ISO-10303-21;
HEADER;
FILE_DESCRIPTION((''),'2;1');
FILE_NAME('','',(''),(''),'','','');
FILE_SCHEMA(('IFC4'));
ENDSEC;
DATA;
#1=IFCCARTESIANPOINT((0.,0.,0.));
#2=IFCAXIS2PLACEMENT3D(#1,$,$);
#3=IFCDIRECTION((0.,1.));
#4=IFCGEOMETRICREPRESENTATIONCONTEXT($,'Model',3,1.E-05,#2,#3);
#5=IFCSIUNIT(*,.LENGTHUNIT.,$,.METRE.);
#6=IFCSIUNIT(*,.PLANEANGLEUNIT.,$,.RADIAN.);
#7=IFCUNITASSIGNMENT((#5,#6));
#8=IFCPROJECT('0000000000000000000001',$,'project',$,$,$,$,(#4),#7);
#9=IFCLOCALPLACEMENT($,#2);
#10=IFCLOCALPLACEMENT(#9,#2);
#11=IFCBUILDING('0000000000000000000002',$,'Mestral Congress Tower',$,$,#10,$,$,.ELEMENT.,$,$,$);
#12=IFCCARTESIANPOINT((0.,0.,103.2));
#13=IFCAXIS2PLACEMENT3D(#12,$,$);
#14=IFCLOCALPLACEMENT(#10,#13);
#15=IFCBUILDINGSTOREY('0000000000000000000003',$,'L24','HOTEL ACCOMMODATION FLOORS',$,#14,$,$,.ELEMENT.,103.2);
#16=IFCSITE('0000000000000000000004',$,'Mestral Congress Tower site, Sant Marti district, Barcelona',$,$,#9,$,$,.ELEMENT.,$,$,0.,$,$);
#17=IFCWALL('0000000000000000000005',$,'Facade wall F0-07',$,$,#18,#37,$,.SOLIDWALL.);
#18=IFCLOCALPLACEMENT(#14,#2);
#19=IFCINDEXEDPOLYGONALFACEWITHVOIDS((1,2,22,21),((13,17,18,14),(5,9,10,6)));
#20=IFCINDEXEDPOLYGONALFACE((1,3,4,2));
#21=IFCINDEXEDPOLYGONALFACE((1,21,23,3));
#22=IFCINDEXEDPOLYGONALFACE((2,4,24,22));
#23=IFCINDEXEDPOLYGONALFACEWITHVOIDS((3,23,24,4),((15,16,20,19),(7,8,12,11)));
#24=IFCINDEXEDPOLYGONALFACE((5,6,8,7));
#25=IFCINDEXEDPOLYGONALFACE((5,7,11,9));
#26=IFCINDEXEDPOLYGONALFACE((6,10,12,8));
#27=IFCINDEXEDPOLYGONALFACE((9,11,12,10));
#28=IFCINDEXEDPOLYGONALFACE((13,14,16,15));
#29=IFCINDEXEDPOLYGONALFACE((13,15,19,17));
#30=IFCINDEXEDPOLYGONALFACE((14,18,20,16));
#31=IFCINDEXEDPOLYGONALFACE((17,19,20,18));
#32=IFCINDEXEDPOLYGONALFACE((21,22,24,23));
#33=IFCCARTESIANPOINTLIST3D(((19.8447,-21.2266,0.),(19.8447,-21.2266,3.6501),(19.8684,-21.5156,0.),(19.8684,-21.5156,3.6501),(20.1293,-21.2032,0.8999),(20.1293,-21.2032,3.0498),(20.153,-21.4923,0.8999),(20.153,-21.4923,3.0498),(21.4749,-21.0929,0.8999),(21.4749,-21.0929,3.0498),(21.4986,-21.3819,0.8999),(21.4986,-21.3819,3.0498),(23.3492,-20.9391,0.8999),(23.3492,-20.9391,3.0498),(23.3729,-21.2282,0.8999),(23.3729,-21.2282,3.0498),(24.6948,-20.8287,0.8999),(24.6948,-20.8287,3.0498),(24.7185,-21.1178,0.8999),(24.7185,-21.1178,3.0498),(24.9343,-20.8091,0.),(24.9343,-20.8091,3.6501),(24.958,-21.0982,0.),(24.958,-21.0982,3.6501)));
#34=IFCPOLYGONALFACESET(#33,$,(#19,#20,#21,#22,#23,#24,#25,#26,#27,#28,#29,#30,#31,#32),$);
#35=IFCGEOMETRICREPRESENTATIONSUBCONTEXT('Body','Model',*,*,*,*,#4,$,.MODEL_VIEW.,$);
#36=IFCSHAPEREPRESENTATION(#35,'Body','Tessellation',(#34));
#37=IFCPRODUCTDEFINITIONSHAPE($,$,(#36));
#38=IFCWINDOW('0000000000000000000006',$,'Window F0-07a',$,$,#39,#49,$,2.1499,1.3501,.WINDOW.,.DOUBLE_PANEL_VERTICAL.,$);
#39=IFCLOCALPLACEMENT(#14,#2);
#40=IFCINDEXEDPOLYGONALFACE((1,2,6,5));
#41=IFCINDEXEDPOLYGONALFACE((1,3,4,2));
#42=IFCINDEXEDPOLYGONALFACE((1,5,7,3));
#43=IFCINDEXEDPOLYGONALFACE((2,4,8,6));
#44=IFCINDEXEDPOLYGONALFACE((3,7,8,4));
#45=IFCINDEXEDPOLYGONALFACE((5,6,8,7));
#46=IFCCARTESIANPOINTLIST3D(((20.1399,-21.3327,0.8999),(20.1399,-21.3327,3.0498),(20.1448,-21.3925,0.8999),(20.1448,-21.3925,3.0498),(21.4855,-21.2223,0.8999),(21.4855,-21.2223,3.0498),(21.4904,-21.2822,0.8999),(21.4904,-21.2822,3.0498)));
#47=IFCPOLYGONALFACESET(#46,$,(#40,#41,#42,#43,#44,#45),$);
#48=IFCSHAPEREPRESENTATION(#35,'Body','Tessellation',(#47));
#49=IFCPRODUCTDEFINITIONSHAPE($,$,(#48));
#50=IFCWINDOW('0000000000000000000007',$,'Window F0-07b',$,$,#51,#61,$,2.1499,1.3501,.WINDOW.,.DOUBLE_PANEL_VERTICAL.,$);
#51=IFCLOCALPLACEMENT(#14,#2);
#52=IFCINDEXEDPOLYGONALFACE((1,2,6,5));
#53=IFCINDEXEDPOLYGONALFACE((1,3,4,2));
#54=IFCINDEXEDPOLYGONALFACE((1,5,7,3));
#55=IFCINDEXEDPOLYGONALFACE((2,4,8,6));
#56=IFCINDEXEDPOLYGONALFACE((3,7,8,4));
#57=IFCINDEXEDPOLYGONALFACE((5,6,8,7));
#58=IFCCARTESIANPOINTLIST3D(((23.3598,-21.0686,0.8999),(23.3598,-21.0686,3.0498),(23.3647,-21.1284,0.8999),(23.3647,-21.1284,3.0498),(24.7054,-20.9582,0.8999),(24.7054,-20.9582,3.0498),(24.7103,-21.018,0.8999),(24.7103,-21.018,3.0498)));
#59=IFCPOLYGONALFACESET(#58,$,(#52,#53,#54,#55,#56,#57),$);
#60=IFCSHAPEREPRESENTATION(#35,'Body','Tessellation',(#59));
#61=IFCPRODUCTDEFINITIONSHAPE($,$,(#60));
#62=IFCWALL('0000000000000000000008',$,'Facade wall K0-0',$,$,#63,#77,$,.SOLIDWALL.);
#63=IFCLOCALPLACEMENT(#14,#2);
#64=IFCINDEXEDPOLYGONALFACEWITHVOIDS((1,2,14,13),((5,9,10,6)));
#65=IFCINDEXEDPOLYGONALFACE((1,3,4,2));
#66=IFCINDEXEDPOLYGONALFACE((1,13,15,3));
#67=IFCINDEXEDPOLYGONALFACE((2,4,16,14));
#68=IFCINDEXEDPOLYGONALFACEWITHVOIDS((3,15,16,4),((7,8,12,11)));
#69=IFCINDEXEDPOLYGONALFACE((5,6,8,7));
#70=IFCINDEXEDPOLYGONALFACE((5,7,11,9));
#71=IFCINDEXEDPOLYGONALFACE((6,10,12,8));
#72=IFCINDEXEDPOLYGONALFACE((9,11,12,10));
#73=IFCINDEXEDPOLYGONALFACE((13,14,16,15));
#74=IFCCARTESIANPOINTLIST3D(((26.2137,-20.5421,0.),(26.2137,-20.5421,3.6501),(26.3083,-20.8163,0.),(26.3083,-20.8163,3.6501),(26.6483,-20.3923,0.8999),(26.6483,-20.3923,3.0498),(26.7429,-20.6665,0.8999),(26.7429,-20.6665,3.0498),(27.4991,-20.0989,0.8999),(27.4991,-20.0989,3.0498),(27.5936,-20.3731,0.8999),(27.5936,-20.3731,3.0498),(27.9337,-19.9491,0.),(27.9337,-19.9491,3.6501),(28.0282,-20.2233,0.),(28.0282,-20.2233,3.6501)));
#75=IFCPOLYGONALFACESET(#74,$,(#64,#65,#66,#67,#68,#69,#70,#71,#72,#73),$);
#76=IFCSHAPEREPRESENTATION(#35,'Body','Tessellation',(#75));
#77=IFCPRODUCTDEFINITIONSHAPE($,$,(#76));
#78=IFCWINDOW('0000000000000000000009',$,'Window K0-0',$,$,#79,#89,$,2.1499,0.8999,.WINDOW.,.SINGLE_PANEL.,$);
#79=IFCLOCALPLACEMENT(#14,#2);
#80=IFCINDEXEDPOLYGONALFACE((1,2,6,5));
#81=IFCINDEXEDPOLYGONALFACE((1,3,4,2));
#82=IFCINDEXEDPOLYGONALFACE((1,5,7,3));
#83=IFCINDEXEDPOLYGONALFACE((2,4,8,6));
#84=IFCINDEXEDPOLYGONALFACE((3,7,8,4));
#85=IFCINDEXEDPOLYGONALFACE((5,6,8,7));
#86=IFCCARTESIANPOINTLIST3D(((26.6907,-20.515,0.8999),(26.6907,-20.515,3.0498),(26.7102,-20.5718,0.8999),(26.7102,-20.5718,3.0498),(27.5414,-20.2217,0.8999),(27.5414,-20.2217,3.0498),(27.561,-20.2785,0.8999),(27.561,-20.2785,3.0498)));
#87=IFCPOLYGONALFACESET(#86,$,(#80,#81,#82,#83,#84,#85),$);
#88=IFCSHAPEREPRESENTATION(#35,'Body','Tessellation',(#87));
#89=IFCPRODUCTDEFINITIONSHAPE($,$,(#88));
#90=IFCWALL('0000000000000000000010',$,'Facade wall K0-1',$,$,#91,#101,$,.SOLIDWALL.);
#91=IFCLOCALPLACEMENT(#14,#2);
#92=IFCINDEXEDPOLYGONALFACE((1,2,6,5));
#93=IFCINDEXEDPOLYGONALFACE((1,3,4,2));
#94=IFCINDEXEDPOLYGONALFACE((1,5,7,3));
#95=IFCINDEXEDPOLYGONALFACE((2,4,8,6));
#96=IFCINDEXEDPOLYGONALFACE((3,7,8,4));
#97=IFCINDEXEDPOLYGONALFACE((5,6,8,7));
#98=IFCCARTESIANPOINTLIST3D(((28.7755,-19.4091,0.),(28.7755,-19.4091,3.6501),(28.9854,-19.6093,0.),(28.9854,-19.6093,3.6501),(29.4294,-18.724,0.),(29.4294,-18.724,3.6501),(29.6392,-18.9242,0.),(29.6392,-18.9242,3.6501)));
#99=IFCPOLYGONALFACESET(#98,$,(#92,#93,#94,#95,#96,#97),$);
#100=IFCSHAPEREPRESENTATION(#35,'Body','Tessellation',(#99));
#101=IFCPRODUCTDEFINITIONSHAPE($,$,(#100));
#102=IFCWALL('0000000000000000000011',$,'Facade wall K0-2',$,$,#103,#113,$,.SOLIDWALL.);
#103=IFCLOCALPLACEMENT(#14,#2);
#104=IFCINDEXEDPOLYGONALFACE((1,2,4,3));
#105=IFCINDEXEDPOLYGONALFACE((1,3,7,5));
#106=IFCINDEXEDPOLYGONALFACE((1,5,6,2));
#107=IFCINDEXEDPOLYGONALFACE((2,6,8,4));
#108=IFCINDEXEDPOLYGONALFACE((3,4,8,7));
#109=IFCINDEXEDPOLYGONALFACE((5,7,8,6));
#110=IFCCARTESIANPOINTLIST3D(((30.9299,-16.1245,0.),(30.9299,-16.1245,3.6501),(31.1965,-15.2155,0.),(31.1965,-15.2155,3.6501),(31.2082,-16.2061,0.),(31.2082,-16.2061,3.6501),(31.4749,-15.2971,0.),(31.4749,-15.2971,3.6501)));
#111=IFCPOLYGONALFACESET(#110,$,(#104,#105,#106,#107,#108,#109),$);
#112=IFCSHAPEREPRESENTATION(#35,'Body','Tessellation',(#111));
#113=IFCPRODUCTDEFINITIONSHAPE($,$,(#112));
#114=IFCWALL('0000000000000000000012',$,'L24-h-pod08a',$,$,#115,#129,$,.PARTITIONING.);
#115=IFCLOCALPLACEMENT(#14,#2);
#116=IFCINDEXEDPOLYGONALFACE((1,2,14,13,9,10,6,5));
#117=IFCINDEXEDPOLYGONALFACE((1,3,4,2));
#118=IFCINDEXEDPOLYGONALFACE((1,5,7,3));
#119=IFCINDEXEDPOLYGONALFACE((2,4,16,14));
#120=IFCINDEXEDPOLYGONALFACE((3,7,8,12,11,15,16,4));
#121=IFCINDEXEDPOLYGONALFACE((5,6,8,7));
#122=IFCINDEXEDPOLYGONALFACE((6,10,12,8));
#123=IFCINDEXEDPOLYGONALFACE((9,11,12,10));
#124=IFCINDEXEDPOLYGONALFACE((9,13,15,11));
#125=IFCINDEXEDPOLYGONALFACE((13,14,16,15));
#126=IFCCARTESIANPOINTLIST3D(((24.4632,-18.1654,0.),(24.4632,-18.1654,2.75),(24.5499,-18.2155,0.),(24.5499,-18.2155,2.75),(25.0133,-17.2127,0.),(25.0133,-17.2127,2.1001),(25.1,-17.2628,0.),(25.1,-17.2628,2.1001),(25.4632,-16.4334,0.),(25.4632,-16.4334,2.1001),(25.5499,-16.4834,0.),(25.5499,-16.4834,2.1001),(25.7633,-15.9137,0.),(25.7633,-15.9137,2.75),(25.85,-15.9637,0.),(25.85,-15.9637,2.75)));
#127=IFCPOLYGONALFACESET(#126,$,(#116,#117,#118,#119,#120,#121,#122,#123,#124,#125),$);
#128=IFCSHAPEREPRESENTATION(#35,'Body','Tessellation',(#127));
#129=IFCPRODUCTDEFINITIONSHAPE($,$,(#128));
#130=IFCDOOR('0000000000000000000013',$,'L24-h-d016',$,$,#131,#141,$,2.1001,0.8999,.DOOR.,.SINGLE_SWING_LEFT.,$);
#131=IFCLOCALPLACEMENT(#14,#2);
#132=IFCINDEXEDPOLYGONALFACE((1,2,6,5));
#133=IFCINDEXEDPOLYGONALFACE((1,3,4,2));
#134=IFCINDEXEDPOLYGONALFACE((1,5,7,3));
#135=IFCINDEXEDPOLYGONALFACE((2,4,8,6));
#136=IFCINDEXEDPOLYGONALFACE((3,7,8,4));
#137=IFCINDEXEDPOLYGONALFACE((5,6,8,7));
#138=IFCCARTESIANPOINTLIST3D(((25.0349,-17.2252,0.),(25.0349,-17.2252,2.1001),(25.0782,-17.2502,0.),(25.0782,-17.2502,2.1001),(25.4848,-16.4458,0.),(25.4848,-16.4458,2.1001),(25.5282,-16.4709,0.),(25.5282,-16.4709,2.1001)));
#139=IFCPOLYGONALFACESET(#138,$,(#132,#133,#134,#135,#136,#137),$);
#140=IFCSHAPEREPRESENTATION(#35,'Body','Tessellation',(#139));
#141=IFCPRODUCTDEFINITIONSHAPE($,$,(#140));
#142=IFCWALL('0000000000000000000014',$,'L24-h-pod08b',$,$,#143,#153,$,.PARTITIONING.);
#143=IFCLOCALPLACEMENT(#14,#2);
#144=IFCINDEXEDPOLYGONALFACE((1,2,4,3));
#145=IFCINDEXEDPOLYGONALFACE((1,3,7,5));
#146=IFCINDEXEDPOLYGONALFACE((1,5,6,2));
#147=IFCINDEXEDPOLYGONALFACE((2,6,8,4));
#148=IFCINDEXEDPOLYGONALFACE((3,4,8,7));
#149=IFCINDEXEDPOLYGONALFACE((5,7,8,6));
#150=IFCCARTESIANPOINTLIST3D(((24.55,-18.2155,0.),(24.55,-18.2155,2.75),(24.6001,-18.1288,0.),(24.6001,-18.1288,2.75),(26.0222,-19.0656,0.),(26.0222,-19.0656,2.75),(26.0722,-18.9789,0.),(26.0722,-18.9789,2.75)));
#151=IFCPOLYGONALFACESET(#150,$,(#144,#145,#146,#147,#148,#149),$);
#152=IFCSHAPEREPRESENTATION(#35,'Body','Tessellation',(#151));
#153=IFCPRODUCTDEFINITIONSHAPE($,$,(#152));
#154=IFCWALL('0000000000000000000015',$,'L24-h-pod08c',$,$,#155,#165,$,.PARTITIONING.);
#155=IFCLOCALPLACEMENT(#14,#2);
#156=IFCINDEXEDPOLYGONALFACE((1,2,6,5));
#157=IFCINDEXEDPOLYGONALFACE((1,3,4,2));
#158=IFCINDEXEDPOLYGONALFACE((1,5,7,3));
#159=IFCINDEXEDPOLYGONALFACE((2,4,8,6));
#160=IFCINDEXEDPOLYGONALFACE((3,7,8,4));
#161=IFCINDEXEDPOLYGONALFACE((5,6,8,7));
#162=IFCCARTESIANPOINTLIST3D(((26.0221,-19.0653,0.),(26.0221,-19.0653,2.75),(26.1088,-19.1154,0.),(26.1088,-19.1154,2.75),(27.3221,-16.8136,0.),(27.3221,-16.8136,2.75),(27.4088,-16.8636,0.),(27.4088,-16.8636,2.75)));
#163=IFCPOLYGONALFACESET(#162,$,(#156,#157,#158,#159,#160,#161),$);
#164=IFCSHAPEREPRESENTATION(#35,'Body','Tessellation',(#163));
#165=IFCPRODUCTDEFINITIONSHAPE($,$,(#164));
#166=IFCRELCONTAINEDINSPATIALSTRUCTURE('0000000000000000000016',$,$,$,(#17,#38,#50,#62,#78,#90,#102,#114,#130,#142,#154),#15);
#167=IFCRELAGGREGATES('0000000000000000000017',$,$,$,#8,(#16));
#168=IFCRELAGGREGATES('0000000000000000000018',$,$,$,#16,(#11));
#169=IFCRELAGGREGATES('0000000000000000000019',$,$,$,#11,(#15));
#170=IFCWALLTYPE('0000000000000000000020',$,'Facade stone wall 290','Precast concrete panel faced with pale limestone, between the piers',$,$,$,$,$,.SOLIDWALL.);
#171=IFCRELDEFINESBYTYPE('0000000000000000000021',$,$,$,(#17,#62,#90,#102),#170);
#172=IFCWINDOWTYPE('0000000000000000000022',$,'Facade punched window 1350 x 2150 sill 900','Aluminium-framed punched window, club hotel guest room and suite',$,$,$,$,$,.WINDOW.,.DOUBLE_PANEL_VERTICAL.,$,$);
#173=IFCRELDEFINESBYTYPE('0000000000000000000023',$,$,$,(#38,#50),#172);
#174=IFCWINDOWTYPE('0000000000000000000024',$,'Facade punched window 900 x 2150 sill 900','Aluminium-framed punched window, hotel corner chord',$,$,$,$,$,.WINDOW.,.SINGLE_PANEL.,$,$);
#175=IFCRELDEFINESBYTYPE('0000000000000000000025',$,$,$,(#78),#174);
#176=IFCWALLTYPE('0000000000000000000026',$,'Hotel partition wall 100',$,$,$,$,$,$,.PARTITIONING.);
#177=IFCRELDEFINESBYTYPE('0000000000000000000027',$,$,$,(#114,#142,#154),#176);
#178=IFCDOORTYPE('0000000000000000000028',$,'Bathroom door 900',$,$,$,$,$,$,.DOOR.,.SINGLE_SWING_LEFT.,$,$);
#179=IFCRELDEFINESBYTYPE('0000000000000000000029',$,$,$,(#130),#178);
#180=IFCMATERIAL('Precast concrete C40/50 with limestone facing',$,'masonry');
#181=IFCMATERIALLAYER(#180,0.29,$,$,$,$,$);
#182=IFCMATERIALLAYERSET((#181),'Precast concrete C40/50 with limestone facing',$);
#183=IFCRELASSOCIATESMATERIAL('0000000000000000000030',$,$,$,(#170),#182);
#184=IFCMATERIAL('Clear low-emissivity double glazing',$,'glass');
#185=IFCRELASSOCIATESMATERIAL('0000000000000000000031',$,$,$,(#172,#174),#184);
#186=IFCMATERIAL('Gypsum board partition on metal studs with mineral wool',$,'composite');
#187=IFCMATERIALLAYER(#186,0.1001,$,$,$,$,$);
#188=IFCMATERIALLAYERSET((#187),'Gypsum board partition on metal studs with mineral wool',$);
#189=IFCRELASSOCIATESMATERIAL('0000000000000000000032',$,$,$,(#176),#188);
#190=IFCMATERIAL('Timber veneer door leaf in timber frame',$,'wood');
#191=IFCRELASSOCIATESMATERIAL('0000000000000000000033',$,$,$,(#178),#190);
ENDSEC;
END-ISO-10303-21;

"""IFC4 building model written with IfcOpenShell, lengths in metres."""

from ifc_helpers import new_model, si_unit, direction, frame, frame_2d, origin, place, context, subcontext, project, spatial, rectangle, extrude, material, layer, layer_set, type_object, element, fill, save


model = new_model("IFC4")

# Units and contexts
model_context = context("Model", 3, precision=1e-05, world=origin(), true_north=direction((0.0, 1.0)))
body_context = subcontext(model_context, "Body", "Model", "MODEL_VIEW")
ifc_project = project(units=[si_unit("LENGTHUNIT", "METRE"), si_unit("PLANEANGLEUNIT", "RADIAN")], contexts=[model_context])

# Site, building, storey
site_placement = place(None, origin())
site = spatial("IfcSite", under=ifc_project, at=site_placement, Name="Mestral Congress Tower site, Sant Marti district, Barcelona", CompositionType="ELEMENT", RefElevation=0.0)
building_placement = place(site_placement, origin())
building = spatial("IfcBuilding", under=site, at=building_placement, Name="Mestral Congress Tower", CompositionType="ELEMENT")
storey_placement = place(building_placement, frame((0.0, 0.0, 103.2)))
storey = spatial("IfcBuildingStorey", under=building, at=storey_placement, Name="L24", Description="HOTEL ACCOMMODATION FLOORS", CompositionType="ELEMENT", Elevation=103.2)

# Wall, openings, windows
ifc_material_1 = material(Name="Precast concrete C40/50 with limestone facing", Category="masonry")
ifc_layer_1 = layer(ifc_material_1, 0.29)
ifc_layer_set_1 = layer_set([ifc_layer_1], Name="Precast concrete C40/50 with limestone facing")
wall_type_1 = type_object("IfcWallType", Name="Facade stone wall 290", Description="Precast concrete panel faced with pale limestone, between the piers", PredefinedType="SOLIDWALL", material=ifc_layer_set_1)
ifc_material_2 = material(Name="Clear low-emissivity double glazing", Category="glass")
window_type_1 = type_object("IfcWindowType", Name="Facade punched window 1350 x 2150 sill 900", Description="Aluminium-framed punched window, club hotel guest room and suite", PartitioningType="DOUBLE_PANEL_VERTICAL", PredefinedType="WINDOW", material=ifc_material_2)
wall_1_placement = place(storey_placement, frame((19.8567, -21.3711, 0.0), z_axis=(0.0, 0.0, 1.0), x_axis=(0.996653, 0.081752, 0.0)))
wall_1 = element("IfcWall", 1, at=wall_1_placement, inside=storey, type_object=wall_type_1, Name="Facade wall F0-07", PredefinedType="SOLIDWALL", context=body_context, shape_type="SweptSolid", body=[
    extrude(rectangle(XDim=5.1067, YDim=0.29, at=frame_2d((2.5532, 0.0))), origin(), (0.0, 0.0, 1.0), 3.6501),
])
opening_1_placement = place(wall_1_placement, frame((0.2854, 0.0, 0.8999)))
opening_1 = element("IfcOpeningElement", 2, at=opening_1_placement, cuts=wall_1, PredefinedType="OPENING", context=body_context, shape_type="SweptSolid", body=[
    extrude(rectangle(XDim=1.3501, YDim=2.1499, at=frame_2d((0.675, 1.075))), frame((0.0, 0.155, 0.0), z_axis=(0.0, -1.0, 0.0), x_axis=(1.0, 0.0, 0.0)), (0.0, 0.0, 1.0), 0.3101),
])
opening_2_placement = place(wall_1_placement, frame((3.5161, 0.0, 0.8999)))
opening_2 = element("IfcOpeningElement", 3, at=opening_2_placement, cuts=wall_1, PredefinedType="OPENING", context=body_context, shape_type="SweptSolid", body=[
    extrude(rectangle(XDim=1.3501, YDim=2.1499, at=frame_2d((0.675, 1.075))), frame((0.0, 0.155, 0.0), z_axis=(0.0, -1.0, 0.0), x_axis=(1.0, 0.0, 0.0)), (0.0, 0.0, 1.0), 0.3101),
])
window_1_placement = place(opening_1_placement, origin())
window_1 = element("IfcWindow", 4, at=window_1_placement, inside=storey, type_object=window_type_1, Name="Window F0-07a", OverallHeight=2.1499, OverallWidth=1.3501, PartitioningType="DOUBLE_PANEL_VERTICAL", PredefinedType="WINDOW", context=body_context, shape_type="SweptSolid", body=[
    extrude(rectangle(XDim=1.3501, YDim=2.1499, at=frame_2d((0.675, 1.075))), frame((0.0, 0.0151, 0.0), z_axis=(0.0, -1.0, 0.0), x_axis=(1.0, 0.0, 0.0)), (0.0, 0.0, 1.0), 0.0601),
])
fill(opening_1, window_1)
window_2_placement = place(opening_2_placement, origin())
window_2 = element("IfcWindow", 5, at=window_2_placement, inside=storey, type_object=window_type_1, Name="Window F0-07b", OverallHeight=2.1499, OverallWidth=1.3501, PartitioningType="DOUBLE_PANEL_VERTICAL", PredefinedType="WINDOW", context=body_context, shape_type="SweptSolid", body=[
    extrude(rectangle(XDim=1.3501, YDim=2.1499, at=frame_2d((0.675, 1.075))), frame((0.0, 0.0151, 0.0), z_axis=(0.0, -1.0, 0.0), x_axis=(1.0, 0.0, 0.0)), (0.0, 0.0, 1.0), 0.0601),
])
fill(opening_2, window_2)

# Wall, opening, window
wall_2_placement = place(storey_placement, frame((26.261, -20.6792, 0.0), z_axis=(0.0, 0.0, 1.0), x_axis=(0.945386, 0.325953, 0.0)))
wall_2 = element("IfcWall", 6, at=wall_2_placement, inside=storey, type_object=wall_type_1, Name="Facade wall K0-0", PredefinedType="SOLIDWALL", context=body_context, shape_type="SweptSolid", body=[
    extrude(rectangle(XDim=1.8193, YDim=0.29, at=frame_2d((0.9097, 0.0))), origin(), (0.0, 0.0, 1.0), 3.6501),
])
opening_3_placement = place(wall_2_placement, frame((0.4597, 0.0, 0.8999)))
opening_3 = element("IfcOpeningElement", 7, at=opening_3_placement, cuts=wall_2, PredefinedType="OPENING", context=body_context, shape_type="SweptSolid", body=[
    extrude(rectangle(XDim=0.8999, YDim=2.1499, at=frame_2d((0.45, 1.075))), frame((0.0, 0.155, 0.0), z_axis=(0.0, -1.0, 0.0), x_axis=(1.0, 0.0, 0.0)), (0.0, 0.0, 1.0), 0.3101),
])
window_type_2 = type_object("IfcWindowType", Name="Facade punched window 900 x 2150 sill 900", Description="Aluminium-framed punched window, hotel corner chord", PartitioningType="SINGLE_PANEL", PredefinedType="WINDOW", material=ifc_material_2)
window_3_placement = place(opening_3_placement, origin())
window_3 = element("IfcWindow", 8, at=window_3_placement, inside=storey, type_object=window_type_2, Name="Window K0-0", OverallHeight=2.1499, OverallWidth=0.8999, PartitioningType="SINGLE_PANEL", PredefinedType="WINDOW", context=body_context, shape_type="SweptSolid", body=[
    extrude(rectangle(XDim=0.8999, YDim=2.1499, at=frame_2d((0.45, 1.075))), frame((0.0, 0.0151, 0.0), z_axis=(0.0, -1.0, 0.0), x_axis=(1.0, 0.0, 0.0)), (0.0, 0.0, 1.0), 0.0601),
])
fill(opening_3, window_3)

# Walls
wall_3_placement = place(storey_placement, frame((28.8804, -19.5093, 0.0), z_axis=(0.0, 0.0, 1.0), x_axis=(0.690414, 0.723414, 0.0)))
element("IfcWall", 9, at=wall_3_placement, inside=storey, type_object=wall_type_1, Name="Facade wall K0-1", PredefinedType="SOLIDWALL", context=body_context, shape_type="SweptSolid", body=[
    extrude(rectangle(XDim=0.947, YDim=0.29, at=frame_2d((0.4736, 0.0))), origin(), (0.0, 0.0, 1.0), 3.6501),
])
wall_4_placement = place(storey_placement, frame((31.0691, -16.1653, 0.0), z_axis=(0.0, 0.0, 1.0), x_axis=(0.281455, 0.959575, 0.0)))
element("IfcWall", 10, at=wall_4_placement, inside=storey, type_object=wall_type_1, Name="Facade wall K0-2", PredefinedType="SOLIDWALL", context=body_context, shape_type="SweptSolid", body=[
    extrude(rectangle(XDim=0.9473, YDim=0.29, at=frame_2d((0.4736, 0.0))), origin(), (0.0, 0.0, 1.0), 3.6501),
])

# Wall, opening, door
ifc_material_3 = material(Name="Gypsum board partition on metal studs with mineral wool", Category="composite")
ifc_layer_2 = layer(ifc_material_3, 0.1001)
ifc_layer_set_2 = layer_set([ifc_layer_2], Name="Gypsum board partition on metal studs with mineral wool")
wall_type_2 = type_object("IfcWallType", Name="Hotel partition wall 100", PredefinedType="PARTITIONING", material=ifc_layer_set_2)
wall_5_placement = place(storey_placement, frame((25.8066, -15.9387, 0.0), z_axis=(0.0, 0.0, 1.0), x_axis=(-0.500007, -0.866021, 0.0)))
wall_5 = element("IfcWall", 11, at=wall_5_placement, inside=storey, type_object=wall_type_2, Name="L24-h-pod08a", PredefinedType="PARTITIONING", context=body_context, shape_type="SweptSolid", body=[
    extrude(rectangle(XDim=2.6001, YDim=0.1001, at=frame_2d((1.3, 0.0))), origin(), (0.0, 0.0, 1.0), 2.75),
])
opening_4_placement = place(wall_5_placement, frame((0.6001, 0.0, 0.0)))
opening_4 = element("IfcOpeningElement", 12, at=opening_4_placement, cuts=wall_5, PredefinedType="OPENING", context=body_context, shape_type="SweptSolid", body=[
    extrude(rectangle(XDim=0.8999, YDim=2.1001, at=frame_2d((0.45, 1.05))), frame((0.0, 0.0601, 0.0), z_axis=(0.0, -1.0, 0.0), x_axis=(1.0, 0.0, 0.0)), (0.0, 0.0, 1.0), 0.1201),
])
ifc_material_4 = material(Name="Timber veneer door leaf in timber frame", Category="wood")
door_type_1 = type_object("IfcDoorType", Name="Bathroom door 900", OperationType="SINGLE_SWING_LEFT", PredefinedType="DOOR", material=ifc_material_4)
door_1_placement = place(opening_4_placement, origin())
door_1 = element("IfcDoor", 13, at=door_1_placement, inside=storey, type_object=door_type_1, Name="L24-h-d016", OperationType="SINGLE_SWING_LEFT", OverallHeight=2.1001, OverallWidth=0.8999, PredefinedType="DOOR", context=body_context, shape_type="SweptSolid", body=[
    extrude(rectangle(XDim=0.8999, YDim=2.1001, at=frame_2d((0.45, 1.05))), frame((0.0, 0.0249, 0.0), z_axis=(0.0, -1.0, 0.0), x_axis=(1.0, 0.0, 0.0)), (0.0, 0.0, 1.0), 0.05),
])
fill(opening_4, door_1)

# Walls
wall_6_placement = place(storey_placement, frame((24.575, -18.1721, 0.0), z_axis=(0.0, 0.0, 1.0), x_axis=(0.865989, -0.500062, 0.0)))
element("IfcWall", 14, at=wall_6_placement, inside=storey, type_object=wall_type_2, Name="L24-h-pod08b", PredefinedType="PARTITIONING", context=body_context, shape_type="SweptSolid", body=[
    extrude(rectangle(XDim=1.7, YDim=0.1001, at=frame_2d((0.8501, 0.0))), origin(), (0.0, 0.0, 1.0), 2.75),
])
wall_7_placement = place(storey_placement, frame((27.3655, -16.8386, 0.0), z_axis=(0.0, 0.0, 1.0), x_axis=(-0.500007, -0.866021, 0.0)))
element("IfcWall", 15, at=wall_7_placement, inside=storey, type_object=wall_type_2, Name="L24-h-pod08c", PredefinedType="PARTITIONING", context=body_context, shape_type="SweptSolid", body=[
    extrude(rectangle(XDim=2.6001, YDim=0.1001, at=frame_2d((1.3, 0.0))), origin(), (0.0, 0.0, 1.0), 2.75),
])

save(model, "model.ifc")
